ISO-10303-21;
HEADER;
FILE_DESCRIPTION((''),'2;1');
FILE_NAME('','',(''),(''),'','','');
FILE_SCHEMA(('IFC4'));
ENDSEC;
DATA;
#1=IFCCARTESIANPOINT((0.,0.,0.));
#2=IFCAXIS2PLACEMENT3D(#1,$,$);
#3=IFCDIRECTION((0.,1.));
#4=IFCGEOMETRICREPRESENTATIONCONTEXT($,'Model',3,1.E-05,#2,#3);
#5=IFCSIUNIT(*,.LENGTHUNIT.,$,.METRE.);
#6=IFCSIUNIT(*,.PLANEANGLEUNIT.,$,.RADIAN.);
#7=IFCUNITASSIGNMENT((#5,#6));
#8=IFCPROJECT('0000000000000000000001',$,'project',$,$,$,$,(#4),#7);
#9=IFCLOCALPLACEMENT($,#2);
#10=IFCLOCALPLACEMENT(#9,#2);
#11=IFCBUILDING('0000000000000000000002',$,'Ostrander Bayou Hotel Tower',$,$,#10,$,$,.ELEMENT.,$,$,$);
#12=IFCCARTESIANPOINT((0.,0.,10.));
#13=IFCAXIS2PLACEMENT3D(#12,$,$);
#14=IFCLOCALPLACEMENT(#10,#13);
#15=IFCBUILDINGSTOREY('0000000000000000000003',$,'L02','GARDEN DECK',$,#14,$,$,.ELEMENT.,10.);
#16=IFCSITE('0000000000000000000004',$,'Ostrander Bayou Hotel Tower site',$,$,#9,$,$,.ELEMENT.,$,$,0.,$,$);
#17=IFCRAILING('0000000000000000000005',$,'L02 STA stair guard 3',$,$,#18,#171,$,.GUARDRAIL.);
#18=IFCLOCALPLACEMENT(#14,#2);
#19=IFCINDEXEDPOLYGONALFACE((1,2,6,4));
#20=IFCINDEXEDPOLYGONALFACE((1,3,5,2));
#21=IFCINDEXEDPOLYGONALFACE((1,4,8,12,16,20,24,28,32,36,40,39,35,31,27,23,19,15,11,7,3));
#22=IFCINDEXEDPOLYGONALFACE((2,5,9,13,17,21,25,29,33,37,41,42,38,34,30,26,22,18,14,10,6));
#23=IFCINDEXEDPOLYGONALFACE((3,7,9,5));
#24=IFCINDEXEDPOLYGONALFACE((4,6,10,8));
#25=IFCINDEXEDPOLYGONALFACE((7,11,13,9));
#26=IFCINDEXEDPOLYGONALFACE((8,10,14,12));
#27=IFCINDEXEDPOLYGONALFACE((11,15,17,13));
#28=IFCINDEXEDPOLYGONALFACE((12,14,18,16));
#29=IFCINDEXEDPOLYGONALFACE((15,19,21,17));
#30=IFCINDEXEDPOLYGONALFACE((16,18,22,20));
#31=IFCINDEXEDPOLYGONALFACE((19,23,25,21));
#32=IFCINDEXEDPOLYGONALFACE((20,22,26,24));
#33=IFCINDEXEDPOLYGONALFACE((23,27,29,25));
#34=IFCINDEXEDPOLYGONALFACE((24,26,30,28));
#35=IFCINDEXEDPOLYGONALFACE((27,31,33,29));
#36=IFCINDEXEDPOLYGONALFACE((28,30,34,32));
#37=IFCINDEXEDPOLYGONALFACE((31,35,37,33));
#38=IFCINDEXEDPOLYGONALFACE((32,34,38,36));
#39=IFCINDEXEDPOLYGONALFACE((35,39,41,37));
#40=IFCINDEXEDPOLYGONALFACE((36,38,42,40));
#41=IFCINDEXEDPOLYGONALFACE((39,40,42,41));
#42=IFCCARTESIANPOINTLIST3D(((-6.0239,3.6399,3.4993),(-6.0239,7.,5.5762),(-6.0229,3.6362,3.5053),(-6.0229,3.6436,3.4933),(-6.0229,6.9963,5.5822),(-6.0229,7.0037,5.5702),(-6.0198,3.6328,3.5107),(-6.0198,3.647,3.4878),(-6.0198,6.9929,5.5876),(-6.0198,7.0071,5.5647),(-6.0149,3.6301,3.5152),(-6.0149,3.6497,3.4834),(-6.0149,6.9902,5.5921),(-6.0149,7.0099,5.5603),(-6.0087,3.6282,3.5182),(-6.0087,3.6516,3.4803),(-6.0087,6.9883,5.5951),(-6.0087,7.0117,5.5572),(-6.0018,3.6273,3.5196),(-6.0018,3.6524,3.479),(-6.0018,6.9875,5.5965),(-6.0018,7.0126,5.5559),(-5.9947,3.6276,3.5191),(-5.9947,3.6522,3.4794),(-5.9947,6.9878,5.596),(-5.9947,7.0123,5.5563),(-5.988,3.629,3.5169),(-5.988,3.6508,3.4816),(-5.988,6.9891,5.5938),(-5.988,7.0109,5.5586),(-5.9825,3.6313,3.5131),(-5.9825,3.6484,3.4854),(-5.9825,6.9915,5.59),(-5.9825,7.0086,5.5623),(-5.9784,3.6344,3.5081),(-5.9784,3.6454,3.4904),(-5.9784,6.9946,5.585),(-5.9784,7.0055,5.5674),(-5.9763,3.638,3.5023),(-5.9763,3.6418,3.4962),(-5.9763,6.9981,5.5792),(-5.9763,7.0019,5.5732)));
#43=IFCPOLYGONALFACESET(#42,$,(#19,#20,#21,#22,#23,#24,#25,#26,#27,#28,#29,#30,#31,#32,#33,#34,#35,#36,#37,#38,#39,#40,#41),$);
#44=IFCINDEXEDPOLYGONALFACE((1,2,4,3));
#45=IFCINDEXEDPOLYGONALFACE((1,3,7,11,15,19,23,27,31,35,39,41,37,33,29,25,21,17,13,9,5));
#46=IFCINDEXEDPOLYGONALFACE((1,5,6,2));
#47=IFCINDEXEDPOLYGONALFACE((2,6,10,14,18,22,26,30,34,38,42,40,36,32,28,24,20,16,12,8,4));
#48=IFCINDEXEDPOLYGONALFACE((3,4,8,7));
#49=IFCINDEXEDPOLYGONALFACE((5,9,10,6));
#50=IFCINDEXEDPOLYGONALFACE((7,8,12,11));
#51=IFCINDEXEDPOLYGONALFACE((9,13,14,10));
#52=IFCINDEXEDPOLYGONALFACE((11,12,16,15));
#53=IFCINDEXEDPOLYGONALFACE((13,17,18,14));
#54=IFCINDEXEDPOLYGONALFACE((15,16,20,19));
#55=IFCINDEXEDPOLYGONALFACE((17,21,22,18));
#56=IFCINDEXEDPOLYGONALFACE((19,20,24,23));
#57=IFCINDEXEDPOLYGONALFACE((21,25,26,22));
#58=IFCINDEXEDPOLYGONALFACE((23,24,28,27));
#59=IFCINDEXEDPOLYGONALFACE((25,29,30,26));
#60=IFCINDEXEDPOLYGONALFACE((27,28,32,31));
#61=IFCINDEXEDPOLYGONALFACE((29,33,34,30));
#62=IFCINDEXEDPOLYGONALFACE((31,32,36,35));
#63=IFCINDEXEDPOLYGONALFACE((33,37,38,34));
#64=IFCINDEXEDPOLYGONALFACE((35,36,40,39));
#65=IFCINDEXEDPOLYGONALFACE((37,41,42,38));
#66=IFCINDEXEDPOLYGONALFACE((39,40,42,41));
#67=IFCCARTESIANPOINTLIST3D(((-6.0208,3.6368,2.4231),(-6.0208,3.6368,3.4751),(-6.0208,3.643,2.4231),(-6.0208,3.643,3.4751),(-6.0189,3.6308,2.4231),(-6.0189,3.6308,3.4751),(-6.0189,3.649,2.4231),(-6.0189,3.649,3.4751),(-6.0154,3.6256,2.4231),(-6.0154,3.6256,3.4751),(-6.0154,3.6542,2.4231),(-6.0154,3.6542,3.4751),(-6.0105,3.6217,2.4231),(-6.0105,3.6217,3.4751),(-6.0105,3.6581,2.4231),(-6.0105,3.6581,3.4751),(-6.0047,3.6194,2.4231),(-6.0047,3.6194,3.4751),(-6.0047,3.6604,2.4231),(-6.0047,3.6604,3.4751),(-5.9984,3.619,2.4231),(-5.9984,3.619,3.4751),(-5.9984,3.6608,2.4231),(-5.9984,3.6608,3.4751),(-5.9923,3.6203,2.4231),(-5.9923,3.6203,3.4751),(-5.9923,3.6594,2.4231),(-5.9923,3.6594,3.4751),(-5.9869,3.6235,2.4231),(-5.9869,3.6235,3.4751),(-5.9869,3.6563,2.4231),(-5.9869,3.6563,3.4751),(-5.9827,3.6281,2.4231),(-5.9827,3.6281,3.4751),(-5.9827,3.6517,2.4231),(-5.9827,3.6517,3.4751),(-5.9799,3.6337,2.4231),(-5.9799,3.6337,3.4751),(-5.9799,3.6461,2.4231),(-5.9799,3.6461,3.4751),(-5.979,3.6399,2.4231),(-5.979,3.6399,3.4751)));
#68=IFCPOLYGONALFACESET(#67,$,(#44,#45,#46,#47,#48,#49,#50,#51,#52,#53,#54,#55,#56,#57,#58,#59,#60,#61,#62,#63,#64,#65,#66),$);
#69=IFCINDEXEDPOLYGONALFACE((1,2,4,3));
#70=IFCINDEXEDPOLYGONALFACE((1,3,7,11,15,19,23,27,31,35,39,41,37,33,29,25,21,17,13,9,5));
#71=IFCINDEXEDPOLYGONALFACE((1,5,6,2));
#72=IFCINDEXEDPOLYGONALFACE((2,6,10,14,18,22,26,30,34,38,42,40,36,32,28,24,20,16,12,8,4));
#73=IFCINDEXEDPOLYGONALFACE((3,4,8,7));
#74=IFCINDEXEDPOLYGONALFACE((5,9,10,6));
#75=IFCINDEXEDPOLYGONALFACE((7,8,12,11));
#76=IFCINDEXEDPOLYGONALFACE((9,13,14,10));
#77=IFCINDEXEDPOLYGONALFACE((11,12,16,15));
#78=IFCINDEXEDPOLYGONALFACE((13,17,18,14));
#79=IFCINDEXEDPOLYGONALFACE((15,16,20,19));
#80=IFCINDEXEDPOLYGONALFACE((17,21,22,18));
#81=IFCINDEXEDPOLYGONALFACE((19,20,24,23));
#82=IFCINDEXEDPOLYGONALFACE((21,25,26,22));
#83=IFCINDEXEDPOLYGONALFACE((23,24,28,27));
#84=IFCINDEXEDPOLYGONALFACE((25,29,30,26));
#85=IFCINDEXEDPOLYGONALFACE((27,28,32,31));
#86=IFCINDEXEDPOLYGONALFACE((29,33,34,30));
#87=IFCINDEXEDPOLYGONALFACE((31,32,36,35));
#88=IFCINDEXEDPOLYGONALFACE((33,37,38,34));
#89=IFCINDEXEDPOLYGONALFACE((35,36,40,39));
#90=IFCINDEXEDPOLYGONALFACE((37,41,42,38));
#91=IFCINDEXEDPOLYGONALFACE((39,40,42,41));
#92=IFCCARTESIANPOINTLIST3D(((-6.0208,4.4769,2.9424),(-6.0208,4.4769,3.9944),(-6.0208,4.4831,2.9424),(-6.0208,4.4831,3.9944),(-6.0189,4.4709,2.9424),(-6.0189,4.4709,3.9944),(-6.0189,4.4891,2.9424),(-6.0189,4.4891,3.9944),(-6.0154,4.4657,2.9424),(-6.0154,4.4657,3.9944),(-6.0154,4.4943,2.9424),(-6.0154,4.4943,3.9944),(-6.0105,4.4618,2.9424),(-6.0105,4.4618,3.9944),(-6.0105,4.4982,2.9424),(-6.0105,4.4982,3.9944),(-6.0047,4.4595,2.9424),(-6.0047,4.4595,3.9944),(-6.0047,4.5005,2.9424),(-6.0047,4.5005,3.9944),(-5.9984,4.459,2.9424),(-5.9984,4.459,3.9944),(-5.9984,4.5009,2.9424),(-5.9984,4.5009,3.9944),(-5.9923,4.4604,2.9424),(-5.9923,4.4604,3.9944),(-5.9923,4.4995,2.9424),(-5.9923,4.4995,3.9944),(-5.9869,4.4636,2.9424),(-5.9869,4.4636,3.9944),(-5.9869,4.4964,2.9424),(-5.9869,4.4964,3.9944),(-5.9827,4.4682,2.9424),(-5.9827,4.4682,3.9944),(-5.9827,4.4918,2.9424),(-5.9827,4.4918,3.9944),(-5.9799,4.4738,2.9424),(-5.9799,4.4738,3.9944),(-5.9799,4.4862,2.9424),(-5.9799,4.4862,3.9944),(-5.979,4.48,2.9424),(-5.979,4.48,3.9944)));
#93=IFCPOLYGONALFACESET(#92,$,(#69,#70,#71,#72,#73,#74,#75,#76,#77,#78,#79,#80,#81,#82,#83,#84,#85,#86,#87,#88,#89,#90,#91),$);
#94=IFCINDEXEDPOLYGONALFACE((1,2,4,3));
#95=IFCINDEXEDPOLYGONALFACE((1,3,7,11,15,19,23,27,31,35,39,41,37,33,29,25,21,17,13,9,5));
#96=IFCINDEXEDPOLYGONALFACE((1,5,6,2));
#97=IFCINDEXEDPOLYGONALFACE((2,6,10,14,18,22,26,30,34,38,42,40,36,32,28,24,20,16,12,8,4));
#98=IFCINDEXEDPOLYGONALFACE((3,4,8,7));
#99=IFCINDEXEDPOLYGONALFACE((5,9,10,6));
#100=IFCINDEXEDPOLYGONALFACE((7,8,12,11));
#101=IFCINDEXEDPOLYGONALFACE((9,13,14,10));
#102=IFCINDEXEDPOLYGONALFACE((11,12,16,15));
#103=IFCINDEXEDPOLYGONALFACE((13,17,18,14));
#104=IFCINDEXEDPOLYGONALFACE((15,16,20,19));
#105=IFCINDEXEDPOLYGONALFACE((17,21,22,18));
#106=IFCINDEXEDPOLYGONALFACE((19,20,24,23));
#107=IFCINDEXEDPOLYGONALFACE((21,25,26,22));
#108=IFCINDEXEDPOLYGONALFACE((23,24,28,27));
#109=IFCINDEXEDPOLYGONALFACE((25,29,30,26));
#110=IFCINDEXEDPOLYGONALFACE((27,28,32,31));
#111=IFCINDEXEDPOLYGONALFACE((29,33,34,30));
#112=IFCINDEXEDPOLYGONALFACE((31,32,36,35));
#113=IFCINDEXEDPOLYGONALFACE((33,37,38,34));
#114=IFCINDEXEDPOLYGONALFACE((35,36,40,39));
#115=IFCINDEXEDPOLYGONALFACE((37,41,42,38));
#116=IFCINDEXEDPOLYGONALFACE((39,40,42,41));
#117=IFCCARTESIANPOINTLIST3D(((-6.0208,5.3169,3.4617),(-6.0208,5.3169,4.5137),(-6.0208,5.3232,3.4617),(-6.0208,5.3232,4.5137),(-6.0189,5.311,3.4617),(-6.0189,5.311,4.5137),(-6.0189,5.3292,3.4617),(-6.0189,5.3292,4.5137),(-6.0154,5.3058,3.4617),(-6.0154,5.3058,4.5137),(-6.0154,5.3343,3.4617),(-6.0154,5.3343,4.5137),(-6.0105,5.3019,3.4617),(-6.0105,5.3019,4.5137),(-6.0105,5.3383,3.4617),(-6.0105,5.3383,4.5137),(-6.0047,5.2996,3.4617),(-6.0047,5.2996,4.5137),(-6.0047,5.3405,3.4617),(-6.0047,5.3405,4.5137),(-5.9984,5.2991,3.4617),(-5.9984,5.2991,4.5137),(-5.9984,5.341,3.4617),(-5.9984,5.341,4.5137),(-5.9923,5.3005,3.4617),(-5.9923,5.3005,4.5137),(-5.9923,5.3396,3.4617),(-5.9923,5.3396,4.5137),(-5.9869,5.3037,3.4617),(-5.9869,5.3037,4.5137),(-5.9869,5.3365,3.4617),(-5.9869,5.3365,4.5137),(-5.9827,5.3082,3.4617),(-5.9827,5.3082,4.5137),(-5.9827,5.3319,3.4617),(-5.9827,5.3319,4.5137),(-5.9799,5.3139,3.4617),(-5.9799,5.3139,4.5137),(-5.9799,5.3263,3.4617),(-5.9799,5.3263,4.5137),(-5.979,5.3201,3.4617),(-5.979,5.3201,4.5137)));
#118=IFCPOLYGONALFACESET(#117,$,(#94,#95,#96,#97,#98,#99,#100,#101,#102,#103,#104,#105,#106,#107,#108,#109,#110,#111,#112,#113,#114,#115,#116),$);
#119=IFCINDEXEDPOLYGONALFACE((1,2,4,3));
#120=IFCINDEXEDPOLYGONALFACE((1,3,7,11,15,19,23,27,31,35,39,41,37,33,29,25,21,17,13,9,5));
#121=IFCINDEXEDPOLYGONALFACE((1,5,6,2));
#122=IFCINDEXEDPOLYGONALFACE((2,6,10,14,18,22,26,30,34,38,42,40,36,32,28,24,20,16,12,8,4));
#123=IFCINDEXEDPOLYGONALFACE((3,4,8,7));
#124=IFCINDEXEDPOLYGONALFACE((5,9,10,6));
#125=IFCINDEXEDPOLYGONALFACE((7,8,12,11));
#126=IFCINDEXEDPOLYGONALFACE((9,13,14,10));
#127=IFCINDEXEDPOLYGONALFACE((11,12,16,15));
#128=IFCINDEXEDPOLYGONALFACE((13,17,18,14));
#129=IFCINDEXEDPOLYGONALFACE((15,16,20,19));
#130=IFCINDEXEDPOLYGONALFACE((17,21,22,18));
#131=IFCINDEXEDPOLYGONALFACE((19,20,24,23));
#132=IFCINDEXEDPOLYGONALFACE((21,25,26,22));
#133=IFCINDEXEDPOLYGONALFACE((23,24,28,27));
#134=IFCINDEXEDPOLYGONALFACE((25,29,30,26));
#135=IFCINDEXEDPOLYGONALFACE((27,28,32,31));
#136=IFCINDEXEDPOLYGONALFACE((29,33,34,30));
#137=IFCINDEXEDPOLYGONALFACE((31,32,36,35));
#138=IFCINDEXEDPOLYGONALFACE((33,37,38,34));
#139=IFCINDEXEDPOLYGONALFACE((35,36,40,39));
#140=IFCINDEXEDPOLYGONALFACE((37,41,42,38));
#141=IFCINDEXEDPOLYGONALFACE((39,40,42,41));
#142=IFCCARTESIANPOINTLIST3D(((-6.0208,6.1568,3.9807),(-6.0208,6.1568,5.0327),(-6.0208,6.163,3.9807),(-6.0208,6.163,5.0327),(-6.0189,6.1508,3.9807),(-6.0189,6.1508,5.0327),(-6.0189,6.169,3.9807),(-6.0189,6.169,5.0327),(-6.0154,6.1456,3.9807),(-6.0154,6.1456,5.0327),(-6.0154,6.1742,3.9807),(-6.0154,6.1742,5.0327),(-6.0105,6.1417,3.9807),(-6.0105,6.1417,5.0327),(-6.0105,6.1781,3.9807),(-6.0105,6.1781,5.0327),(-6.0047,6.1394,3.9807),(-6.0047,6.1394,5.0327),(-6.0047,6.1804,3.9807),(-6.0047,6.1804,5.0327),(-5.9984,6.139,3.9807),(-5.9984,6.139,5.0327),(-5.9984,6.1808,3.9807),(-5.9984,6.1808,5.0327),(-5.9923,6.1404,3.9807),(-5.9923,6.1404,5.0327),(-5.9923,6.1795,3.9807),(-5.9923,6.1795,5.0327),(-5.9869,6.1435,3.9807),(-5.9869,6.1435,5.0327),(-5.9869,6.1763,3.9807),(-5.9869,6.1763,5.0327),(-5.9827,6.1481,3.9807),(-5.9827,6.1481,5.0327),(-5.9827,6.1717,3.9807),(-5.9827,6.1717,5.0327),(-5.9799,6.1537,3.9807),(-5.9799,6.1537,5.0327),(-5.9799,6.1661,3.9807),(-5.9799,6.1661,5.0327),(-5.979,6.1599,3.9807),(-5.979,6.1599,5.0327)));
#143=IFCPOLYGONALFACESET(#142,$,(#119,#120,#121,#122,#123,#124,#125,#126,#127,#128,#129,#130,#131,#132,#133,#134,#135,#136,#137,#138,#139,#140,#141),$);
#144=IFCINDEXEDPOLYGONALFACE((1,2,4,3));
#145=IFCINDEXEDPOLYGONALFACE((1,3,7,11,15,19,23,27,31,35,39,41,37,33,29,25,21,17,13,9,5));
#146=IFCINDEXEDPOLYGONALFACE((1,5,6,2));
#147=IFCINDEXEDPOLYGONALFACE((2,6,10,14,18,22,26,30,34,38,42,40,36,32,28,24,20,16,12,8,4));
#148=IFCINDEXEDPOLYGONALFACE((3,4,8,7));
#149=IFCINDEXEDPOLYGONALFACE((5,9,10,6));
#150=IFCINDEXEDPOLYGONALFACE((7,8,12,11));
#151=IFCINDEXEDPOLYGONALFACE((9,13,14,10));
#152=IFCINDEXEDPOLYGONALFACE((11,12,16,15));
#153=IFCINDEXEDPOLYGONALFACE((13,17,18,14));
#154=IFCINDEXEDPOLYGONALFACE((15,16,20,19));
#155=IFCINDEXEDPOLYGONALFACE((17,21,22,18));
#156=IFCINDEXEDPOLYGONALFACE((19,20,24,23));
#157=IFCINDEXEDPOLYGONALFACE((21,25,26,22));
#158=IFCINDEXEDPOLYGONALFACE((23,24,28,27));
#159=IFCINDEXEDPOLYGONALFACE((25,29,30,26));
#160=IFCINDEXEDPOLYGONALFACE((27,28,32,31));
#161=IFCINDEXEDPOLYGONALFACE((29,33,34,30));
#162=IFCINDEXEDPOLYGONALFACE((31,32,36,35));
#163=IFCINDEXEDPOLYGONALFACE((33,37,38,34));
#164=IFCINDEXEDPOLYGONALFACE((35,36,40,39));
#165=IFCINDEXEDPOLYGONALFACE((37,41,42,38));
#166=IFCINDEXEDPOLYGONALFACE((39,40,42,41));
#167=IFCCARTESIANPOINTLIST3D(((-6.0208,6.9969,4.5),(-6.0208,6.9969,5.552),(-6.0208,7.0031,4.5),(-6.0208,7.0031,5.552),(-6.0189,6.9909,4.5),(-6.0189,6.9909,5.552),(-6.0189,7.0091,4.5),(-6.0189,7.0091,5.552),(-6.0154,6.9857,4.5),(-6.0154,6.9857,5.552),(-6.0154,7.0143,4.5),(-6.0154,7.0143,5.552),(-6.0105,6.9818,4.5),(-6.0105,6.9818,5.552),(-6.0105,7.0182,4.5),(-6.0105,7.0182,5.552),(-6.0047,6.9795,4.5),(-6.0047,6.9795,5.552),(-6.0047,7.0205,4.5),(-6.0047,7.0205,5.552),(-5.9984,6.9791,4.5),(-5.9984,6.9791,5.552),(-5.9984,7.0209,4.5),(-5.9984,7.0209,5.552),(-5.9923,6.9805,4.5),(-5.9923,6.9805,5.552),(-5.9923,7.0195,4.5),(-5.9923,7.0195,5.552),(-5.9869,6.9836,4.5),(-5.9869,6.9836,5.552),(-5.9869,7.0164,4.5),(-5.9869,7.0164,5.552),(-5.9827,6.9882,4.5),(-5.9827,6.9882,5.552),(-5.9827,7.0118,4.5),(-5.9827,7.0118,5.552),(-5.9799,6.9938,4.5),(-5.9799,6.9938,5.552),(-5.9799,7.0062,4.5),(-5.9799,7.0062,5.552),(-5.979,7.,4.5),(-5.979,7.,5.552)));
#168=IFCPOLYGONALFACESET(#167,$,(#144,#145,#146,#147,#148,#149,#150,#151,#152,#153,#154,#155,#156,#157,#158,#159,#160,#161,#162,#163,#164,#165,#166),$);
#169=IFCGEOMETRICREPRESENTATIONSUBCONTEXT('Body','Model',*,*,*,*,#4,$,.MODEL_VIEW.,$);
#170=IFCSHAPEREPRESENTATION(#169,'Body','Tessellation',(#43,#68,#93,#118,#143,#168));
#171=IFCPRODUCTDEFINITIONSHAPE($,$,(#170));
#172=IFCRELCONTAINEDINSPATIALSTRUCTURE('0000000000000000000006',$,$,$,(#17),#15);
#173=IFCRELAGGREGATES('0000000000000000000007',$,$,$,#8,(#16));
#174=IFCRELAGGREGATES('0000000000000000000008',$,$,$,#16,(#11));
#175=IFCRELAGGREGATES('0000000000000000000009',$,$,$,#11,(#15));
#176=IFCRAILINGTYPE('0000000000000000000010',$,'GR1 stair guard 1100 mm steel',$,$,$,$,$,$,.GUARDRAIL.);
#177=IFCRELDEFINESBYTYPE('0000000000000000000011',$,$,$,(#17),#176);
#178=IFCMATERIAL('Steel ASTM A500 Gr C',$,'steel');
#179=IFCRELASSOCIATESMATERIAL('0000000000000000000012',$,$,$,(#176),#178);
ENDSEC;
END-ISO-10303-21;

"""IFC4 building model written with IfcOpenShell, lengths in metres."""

from ifc_helpers import new_model, si_unit, direction, frame, origin, origin_2d, place, context, subcontext, project, spatial, circle, extrude, material, type_object, element, save


model = new_model("IFC4")

# Units and contexts
model_context = context("Model", 3, precision=1e-05, world=origin(), true_north=direction((0.0, 1.0)))
body_context = subcontext(model_context, "Body", "Model", "MODEL_VIEW")
ifc_project = project(units=[si_unit("LENGTHUNIT", "METRE"), si_unit("PLANEANGLEUNIT", "RADIAN")], contexts=[model_context])

# Site, building, storey
site_placement = place(None, origin())
site = spatial("IfcSite", under=ifc_project, at=site_placement, Name="Ostrander Bayou Hotel Tower site", CompositionType="ELEMENT", RefElevation=0.0)
building_placement = place(site_placement, origin())
building = spatial("IfcBuilding", under=site, at=building_placement, Name="Ostrander Bayou Hotel Tower", CompositionType="ELEMENT")
storey_placement = place(building_placement, frame((0.0, 0.0, 10.0)))
storey = spatial("IfcBuildingStorey", under=building, at=storey_placement, Name="L02", Description="GARDEN DECK", CompositionType="ELEMENT", Elevation=10.0)

# Railing
ifc_material_1 = material(Name="Steel ASTM A500 Gr C", Category="steel")
railing_type_1 = type_object("IfcRailingType", Name="GR1 stair guard 1100 mm steel", PredefinedType="GUARDRAIL", material=ifc_material_1)
railing_1_placement = place(storey_placement, frame((-6.0, 3.6399, 2.4231)))
element("IfcRailing", 1, at=railing_1_placement, inside=storey, type_object=railing_type_1, Name="L02 STA stair guard 3", PredefinedType="GUARDRAIL", context=body_context, shape_type="SweptSolid", body=[
    extrude(circle(Radius=0.0239, at=origin_2d()), frame((0.0, 0.0, 1.0762), z_axis=(0.0, 0.850623, 0.525776), x_axis=(-1.0, 0.0, 0.0)), (0.0, 0.0, 1.0), 3.9502),
    extrude(circle(Radius=0.021, at=origin_2d()), origin(), (0.0, 0.0, 1.0), 1.052),
    extrude(circle(Radius=0.021, at=origin_2d()), frame((0.0, 0.8401, 0.5193)), (0.0, 0.0, 1.0), 1.052),
    extrude(circle(Radius=0.021, at=origin_2d()), frame((0.0, 1.6802, 1.0386)), (0.0, 0.0, 1.0), 1.052),
    extrude(circle(Radius=0.021, at=origin_2d()), frame((0.0, 2.52, 1.5576)), (0.0, 0.0, 1.0), 1.052),
    extrude(circle(Radius=0.021, at=origin_2d()), frame((0.0, 3.3601, 2.0769)), (0.0, 0.0, 1.0), 1.052),
])

save(model, "model.ifc")
